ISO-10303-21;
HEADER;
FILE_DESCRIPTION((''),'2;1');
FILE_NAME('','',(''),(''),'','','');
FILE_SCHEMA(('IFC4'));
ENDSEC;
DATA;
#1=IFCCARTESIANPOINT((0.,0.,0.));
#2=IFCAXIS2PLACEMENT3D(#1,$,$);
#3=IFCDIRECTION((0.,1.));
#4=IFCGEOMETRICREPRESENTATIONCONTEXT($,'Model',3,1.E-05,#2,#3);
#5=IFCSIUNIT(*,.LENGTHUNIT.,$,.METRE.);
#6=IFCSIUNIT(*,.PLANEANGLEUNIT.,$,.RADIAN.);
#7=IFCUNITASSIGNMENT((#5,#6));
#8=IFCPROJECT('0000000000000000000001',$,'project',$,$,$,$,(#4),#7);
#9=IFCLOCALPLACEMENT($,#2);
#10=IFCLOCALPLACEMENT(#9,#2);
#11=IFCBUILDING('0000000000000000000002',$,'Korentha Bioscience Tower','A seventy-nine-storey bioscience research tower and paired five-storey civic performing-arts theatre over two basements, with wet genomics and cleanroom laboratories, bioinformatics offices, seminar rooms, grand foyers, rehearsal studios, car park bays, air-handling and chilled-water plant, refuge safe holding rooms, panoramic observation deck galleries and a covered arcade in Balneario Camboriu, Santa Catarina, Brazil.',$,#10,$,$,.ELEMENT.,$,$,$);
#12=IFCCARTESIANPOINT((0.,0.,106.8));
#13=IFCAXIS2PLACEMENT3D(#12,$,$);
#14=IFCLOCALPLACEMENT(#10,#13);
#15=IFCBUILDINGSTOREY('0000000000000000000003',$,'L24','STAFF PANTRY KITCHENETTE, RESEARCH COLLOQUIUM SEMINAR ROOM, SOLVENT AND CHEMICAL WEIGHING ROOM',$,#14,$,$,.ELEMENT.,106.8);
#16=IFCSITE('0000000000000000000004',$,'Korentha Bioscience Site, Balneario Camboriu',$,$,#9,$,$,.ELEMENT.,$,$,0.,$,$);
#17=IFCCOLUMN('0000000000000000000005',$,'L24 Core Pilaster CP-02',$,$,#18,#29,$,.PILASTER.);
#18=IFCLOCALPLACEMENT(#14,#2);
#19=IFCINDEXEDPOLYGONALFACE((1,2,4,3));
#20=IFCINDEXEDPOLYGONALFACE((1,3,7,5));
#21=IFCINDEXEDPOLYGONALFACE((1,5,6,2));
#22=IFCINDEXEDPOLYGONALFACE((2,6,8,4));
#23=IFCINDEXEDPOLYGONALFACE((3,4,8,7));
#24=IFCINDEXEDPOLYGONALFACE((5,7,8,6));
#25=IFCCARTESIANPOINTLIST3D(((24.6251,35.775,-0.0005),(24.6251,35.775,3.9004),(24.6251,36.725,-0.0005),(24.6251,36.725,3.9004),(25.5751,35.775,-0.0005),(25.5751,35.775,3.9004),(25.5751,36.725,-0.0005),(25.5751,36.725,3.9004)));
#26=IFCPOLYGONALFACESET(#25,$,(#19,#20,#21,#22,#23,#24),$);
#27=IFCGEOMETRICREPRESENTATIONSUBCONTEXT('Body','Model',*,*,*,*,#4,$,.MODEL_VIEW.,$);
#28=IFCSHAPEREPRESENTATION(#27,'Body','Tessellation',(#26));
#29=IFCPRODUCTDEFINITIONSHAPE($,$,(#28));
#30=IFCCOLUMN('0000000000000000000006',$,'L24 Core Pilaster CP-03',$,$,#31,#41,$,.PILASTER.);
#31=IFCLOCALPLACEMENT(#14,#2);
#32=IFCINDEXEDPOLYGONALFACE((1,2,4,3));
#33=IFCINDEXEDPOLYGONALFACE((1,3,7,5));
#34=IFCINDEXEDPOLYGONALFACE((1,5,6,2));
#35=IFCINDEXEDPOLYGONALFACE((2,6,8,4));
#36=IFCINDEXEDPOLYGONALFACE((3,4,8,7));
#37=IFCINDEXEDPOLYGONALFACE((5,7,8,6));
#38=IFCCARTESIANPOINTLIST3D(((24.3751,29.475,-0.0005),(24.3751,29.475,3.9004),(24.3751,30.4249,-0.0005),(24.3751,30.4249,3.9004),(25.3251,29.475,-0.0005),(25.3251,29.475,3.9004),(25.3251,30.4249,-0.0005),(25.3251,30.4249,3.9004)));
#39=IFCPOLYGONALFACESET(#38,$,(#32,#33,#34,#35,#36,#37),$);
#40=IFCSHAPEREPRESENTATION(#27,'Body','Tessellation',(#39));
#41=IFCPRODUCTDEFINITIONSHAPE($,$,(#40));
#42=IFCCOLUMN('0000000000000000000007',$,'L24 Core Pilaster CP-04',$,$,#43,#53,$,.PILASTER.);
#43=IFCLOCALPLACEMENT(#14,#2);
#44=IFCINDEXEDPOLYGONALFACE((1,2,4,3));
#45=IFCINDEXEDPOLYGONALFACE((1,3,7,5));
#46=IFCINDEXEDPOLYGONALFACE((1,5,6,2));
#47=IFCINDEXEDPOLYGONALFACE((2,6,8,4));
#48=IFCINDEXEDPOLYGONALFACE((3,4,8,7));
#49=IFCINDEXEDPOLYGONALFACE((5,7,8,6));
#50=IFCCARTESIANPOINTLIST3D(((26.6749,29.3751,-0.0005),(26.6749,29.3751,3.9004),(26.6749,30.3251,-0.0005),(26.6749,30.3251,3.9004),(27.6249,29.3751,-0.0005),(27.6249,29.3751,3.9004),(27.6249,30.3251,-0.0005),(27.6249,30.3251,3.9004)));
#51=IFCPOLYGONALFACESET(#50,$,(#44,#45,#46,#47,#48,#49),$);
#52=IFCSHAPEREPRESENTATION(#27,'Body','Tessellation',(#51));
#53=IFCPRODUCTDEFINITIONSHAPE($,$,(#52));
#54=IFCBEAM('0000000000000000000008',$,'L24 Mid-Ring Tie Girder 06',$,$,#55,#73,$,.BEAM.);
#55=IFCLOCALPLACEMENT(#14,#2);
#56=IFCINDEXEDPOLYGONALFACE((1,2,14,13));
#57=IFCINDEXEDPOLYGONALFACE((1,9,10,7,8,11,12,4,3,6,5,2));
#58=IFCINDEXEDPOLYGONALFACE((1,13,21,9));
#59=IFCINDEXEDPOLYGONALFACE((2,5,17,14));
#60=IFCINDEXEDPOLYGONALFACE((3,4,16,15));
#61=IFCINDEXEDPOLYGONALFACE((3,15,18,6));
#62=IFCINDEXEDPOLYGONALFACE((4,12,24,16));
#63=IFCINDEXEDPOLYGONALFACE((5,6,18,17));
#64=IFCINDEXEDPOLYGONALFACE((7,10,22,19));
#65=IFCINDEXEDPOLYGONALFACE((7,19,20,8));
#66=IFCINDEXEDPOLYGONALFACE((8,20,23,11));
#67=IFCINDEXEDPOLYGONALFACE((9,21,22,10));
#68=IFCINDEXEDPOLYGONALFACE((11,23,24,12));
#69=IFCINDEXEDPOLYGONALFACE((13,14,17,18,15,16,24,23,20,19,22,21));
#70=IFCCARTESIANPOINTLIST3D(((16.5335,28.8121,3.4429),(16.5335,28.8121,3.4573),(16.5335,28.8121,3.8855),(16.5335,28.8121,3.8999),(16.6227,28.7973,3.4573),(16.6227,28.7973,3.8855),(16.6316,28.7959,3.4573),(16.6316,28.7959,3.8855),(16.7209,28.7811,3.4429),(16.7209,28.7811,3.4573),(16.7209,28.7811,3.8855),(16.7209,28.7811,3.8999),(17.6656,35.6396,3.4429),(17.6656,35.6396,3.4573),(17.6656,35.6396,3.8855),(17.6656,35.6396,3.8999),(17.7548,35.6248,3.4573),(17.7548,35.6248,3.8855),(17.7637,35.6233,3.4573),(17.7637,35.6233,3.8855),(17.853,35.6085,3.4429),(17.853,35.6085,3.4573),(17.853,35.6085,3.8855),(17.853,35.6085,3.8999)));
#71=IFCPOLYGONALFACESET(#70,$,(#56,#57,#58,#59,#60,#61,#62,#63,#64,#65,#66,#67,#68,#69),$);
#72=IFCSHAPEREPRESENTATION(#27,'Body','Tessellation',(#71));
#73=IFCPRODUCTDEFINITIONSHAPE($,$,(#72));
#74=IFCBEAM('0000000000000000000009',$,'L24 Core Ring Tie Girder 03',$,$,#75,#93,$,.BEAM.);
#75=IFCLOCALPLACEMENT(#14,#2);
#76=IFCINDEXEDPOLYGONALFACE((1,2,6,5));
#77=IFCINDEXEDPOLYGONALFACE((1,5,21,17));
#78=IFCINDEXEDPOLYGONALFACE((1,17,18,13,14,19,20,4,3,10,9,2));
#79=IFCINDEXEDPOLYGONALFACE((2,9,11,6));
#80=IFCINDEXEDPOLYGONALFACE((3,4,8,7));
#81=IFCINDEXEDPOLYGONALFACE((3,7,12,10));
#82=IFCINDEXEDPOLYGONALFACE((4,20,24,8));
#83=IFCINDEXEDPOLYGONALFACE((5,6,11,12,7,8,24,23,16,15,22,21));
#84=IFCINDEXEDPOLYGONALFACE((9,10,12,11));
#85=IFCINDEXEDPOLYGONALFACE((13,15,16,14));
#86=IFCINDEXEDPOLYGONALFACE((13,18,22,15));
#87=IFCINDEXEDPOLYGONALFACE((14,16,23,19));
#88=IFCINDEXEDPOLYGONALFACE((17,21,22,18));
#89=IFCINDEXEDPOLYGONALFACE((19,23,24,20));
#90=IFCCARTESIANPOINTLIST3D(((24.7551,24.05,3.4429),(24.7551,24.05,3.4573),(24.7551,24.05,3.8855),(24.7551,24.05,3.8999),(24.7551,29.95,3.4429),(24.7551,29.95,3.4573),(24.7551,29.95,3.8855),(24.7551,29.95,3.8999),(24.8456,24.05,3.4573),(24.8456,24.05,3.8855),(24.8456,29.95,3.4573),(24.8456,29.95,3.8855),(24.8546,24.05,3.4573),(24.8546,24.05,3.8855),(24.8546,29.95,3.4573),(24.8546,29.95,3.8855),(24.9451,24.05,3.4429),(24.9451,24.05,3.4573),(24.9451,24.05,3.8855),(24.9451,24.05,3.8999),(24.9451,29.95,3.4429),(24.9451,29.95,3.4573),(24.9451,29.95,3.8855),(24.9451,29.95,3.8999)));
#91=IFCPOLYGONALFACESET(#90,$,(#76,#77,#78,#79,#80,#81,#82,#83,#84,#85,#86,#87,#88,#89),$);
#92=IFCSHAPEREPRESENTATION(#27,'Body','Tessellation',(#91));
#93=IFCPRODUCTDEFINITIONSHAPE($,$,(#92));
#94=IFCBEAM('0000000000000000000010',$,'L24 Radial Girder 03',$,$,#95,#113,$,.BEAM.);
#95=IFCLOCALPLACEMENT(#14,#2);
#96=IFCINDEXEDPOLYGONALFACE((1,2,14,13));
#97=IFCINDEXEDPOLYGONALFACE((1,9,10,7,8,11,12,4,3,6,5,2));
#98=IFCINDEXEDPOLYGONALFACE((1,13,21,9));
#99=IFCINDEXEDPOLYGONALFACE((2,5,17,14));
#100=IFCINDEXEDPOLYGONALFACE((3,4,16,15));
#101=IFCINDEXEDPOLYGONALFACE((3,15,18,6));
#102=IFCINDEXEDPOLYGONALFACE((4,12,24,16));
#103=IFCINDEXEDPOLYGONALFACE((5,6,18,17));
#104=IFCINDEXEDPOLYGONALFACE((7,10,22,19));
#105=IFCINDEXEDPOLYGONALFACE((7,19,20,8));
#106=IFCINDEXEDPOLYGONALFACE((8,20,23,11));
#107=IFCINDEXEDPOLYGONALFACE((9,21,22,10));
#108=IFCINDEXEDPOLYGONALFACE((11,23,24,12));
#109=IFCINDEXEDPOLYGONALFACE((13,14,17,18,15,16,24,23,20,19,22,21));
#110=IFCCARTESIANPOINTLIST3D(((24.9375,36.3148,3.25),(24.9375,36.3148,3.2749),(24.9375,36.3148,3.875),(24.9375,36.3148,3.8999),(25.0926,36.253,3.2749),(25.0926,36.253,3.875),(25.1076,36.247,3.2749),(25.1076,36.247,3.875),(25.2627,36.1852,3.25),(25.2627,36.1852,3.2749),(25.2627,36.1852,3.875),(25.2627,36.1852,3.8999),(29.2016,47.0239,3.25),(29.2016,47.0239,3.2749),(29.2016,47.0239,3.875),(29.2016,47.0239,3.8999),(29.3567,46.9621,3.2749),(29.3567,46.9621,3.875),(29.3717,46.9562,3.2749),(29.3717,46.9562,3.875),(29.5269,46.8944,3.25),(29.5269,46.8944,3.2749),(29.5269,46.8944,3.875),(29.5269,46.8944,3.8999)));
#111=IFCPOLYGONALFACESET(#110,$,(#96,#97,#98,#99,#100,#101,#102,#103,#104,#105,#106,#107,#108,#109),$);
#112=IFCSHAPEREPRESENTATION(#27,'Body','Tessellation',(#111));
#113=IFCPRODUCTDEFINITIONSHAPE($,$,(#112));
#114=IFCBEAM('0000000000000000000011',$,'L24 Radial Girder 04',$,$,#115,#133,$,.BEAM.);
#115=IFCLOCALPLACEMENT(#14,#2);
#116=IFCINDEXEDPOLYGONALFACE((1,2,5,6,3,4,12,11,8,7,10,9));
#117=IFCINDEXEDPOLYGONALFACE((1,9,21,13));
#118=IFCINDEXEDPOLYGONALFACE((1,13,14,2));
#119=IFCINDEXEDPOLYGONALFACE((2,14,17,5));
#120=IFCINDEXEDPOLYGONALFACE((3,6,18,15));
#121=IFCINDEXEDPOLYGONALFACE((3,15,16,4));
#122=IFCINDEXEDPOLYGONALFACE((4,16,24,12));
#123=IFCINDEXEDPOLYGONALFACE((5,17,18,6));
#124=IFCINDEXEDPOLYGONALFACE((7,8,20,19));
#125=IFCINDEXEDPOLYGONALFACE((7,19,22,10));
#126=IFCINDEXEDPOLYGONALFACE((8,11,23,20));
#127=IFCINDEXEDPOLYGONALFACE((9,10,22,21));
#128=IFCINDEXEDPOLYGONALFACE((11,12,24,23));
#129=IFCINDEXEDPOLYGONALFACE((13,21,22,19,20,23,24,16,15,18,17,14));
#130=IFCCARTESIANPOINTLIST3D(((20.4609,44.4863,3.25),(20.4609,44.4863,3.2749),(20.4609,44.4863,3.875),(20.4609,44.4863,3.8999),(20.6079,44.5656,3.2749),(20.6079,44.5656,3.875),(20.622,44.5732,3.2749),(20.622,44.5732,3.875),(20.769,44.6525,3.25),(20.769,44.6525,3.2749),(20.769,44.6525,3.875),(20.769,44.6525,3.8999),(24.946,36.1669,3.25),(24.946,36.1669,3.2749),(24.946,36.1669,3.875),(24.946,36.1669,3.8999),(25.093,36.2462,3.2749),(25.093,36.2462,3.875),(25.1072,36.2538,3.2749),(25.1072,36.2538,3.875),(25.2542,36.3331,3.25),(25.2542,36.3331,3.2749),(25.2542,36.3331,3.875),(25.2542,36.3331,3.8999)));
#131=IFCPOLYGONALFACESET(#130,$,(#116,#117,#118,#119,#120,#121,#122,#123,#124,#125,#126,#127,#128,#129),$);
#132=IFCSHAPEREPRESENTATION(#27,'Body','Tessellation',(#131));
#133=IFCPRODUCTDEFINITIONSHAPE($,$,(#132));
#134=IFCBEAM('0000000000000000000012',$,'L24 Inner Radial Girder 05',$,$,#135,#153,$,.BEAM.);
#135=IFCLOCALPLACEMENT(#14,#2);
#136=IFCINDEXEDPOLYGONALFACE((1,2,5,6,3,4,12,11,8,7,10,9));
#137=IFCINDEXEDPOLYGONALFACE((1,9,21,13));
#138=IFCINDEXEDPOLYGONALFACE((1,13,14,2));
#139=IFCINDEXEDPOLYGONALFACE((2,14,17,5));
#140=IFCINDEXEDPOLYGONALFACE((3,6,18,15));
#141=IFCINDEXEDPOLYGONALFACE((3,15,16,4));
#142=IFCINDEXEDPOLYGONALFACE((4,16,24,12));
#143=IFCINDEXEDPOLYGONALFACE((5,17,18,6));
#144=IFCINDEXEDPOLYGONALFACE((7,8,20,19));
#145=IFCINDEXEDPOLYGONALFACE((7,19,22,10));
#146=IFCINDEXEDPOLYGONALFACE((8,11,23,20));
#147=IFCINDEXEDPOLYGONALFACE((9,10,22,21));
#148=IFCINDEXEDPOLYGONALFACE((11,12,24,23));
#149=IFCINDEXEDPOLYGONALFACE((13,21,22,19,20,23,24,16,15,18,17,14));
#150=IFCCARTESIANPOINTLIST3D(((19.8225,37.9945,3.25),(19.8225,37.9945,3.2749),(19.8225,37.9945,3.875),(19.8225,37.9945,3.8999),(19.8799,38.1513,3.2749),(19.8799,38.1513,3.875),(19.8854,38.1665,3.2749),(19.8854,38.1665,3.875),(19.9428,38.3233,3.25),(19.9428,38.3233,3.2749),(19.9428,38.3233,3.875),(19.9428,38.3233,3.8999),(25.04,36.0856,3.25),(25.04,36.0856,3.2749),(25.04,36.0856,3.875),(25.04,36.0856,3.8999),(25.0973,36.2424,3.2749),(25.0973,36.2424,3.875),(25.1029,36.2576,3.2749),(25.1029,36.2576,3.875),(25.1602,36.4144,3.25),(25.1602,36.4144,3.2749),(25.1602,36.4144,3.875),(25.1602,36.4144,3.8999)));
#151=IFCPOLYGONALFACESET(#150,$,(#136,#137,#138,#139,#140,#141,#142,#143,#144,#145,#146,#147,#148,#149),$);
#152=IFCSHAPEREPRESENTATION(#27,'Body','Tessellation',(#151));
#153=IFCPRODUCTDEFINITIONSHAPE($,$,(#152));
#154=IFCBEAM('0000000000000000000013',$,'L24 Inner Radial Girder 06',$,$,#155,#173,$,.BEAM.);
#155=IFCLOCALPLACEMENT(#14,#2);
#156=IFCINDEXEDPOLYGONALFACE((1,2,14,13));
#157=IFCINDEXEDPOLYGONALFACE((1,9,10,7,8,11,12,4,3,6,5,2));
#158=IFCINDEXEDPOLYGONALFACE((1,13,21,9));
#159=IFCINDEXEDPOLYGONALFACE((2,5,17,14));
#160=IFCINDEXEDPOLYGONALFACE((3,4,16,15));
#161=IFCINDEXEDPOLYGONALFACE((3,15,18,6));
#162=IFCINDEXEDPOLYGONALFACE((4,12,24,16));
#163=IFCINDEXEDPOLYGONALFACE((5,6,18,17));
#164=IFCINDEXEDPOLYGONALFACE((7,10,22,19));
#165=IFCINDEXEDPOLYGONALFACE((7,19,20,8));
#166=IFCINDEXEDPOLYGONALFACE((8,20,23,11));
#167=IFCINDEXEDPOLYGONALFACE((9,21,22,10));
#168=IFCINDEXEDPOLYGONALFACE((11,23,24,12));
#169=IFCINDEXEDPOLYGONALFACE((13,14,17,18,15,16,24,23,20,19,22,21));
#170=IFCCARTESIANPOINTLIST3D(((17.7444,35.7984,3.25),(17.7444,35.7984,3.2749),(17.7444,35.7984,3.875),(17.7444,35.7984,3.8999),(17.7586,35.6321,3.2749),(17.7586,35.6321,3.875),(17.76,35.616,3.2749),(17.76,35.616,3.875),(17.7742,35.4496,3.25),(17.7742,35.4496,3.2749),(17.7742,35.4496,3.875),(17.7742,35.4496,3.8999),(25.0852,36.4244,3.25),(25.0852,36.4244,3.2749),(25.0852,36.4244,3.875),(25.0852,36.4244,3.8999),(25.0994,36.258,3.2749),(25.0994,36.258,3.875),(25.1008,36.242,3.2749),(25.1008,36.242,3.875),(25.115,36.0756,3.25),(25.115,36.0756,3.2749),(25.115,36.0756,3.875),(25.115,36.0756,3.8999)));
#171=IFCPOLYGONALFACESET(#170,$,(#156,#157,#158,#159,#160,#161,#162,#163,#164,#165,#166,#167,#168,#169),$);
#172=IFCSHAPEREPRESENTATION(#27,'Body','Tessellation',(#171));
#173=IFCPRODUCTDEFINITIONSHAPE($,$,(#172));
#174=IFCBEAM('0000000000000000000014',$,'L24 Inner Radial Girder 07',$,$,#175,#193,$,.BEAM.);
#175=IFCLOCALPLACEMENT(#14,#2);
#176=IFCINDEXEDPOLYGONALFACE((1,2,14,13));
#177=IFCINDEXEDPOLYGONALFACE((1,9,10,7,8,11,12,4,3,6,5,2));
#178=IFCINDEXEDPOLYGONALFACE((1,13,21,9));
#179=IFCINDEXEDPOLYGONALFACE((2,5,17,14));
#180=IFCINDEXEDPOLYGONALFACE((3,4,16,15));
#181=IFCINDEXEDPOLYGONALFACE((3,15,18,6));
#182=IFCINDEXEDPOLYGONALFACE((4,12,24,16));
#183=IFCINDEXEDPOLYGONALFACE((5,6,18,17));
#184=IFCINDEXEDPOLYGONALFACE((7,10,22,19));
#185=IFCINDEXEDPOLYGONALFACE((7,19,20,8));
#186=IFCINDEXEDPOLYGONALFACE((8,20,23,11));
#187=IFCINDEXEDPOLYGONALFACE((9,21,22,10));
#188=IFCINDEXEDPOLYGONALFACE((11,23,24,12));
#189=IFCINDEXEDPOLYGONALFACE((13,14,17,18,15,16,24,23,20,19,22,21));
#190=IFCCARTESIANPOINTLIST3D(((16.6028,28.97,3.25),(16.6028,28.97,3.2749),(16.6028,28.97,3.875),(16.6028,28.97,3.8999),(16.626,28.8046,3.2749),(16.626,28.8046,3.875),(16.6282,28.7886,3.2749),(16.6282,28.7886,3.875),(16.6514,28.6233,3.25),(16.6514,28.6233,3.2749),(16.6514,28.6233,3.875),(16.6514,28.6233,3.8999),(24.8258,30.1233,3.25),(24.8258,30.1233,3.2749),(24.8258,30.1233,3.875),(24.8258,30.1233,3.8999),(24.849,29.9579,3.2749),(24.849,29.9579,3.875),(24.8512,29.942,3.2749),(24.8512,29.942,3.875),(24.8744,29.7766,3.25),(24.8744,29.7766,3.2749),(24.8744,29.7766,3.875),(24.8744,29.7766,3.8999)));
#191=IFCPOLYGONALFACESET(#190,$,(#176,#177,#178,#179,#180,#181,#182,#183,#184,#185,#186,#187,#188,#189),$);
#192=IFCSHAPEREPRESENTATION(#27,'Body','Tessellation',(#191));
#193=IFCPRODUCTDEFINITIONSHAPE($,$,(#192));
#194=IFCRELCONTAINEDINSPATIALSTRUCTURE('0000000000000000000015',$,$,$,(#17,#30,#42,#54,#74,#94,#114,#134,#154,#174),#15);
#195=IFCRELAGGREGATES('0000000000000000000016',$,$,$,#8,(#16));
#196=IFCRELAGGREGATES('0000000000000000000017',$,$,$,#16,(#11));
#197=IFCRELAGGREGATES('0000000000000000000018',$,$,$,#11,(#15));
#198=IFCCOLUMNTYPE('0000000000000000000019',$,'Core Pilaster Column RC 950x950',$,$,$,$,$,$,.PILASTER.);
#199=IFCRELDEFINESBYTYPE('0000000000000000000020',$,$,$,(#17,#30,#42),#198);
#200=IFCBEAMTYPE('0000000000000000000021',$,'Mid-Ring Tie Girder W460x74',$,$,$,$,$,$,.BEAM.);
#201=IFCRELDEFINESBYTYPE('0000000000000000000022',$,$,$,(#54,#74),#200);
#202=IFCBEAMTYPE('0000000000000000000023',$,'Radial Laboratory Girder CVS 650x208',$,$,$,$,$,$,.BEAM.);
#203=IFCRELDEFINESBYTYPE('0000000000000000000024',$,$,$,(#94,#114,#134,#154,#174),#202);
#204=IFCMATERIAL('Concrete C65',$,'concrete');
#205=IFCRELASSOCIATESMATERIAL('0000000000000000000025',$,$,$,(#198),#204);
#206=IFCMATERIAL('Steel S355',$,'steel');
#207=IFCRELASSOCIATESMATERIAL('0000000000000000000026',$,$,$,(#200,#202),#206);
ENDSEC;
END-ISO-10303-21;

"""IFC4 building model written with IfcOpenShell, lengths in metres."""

from ifc_helpers import new_model, si_unit, direction, frame, origin, origin_2d, place, context, subcontext, project, spatial, rectangle, i_section, extrude, material, material_profile, profile_set, type_object, element, save


model = new_model("IFC4")

# Units and contexts
model_context = context("Model", 3, precision=1e-05, world=origin(), true_north=direction((0.0, 1.0)))
body_context = subcontext(model_context, "Body", "Model", "MODEL_VIEW")
ifc_project = project(units=[si_unit("LENGTHUNIT", "METRE"), si_unit("PLANEANGLEUNIT", "RADIAN")], contexts=[model_context])

# Site, building, storey
site_placement = place(None, origin())
site = spatial("IfcSite", under=ifc_project, at=site_placement, Name="Korentha Bioscience Site, Balneario Camboriu", CompositionType="ELEMENT", RefElevation=0.0)
building_placement = place(site_placement, origin())
building = spatial("IfcBuilding", under=site, at=building_placement, Name="Korentha Bioscience Tower", Description="A seventy-nine-storey bioscience research tower and paired five-storey civic performing-arts theatre over two basements, with wet genomics and cleanroom laboratories, bioinformatics offices, seminar rooms, grand foyers, rehearsal studios, car park bays, air-handling and chilled-water plant, refuge safe holding rooms, panoramic observation deck galleries and a covered arcade in Balneario Camboriu, Santa Catarina, Brazil.", CompositionType="ELEMENT")
storey_placement = place(building_placement, frame((0.0, 0.0, 106.8)))
storey = spatial("IfcBuildingStorey", under=building, at=storey_placement, Name="L24", Description="STAFF PANTRY KITCHENETTE, RESEARCH COLLOQUIUM SEMINAR ROOM, SOLVENT AND CHEMICAL WEIGHING ROOM", CompositionType="ELEMENT", Elevation=106.8)

# Columns
ifc_material_1 = material(Name="Concrete C65", Category="concrete")
ifc_material_profile_1 = material_profile(ifc_material_1, rectangle(XDim=0.95, YDim=0.95, at=origin_2d()), Name="Concrete C65")
ifc_profile_set_1 = profile_set([ifc_material_profile_1], Name="Concrete C65 (COL-CP09)")
column_type = type_object("IfcColumnType", Name="Core Pilaster Column RC 950x950", PredefinedType="PILASTER", material=ifc_profile_set_1)
for number, where, z_axis, x_axis, name in (
    (1, (25.1001, 36.25, -0.0005), (0.0, 0.0, 1.0), (1.0, 0.0, 0.0), "L24 Core Pilaster CP-02"),
    (2, (24.8501, 29.95, -0.0005), (0.0, 0.0, 1.0), (1.0, 0.0, 0.0), "L24 Core Pilaster CP-03"),
    (3, (27.1499, 29.8501, -0.0005), (0.0, 0.0, 1.0), (1.0, 0.0, 0.0), "L24 Core Pilaster CP-04"),
):
    element("IfcColumn", number, at=place(storey_placement, frame(where, z_axis=z_axis, x_axis=x_axis)), inside=storey, type_object=column_type, Name=name, PredefinedType="PILASTER", context=body_context, shape_type="SweptSolid", body=[
        extrude(rectangle(XDim=0.95, YDim=0.95, at=origin_2d()), origin(), (0.0, 0.0, 1.0), 3.9009),
    ])

# Beams
ifc_material_2 = material(Name="Steel S355", Category="steel")
ifc_material_profile_2 = material_profile(ifc_material_2, i_section(OverallWidth=0.1899, OverallDepth=0.457, WebThickness=0.009, FlangeThickness=0.0144, at=origin_2d()), Name="Steel S355")
ifc_profile_set_2 = profile_set([ifc_material_profile_2], Name="Steel S355 (MB-460)")
beam_type_1 = type_object("IfcBeamType", Name="Mid-Ring Tie Girder W460x74", PredefinedType="BEAM", material=ifc_profile_set_2)
beam_1_placement = place(storey_placement, frame((17.7593, 35.624, 3.6714), z_axis=(-0.163581, -0.98653, 0.0), x_axis=(0.98653, -0.163581, 0.0)))
element("IfcBeam", 4, at=beam_1_placement, inside=storey, type_object=beam_type_1, Name="L24 Mid-Ring Tie Girder 06", PredefinedType="BEAM", context=body_context, shape_type="SweptSolid", body=[
    extrude(i_section(OverallWidth=0.1899, OverallDepth=0.457, WebThickness=0.009, FlangeThickness=0.0144, at=origin_2d()), origin(), (0.0, 0.0, 1.0), 6.9207),
])
beam_2_placement = place(storey_placement, frame((24.8501, 29.95, 3.6714), z_axis=(0.0, -1.0, 0.0), x_axis=(1.0, 0.0, 0.0)))
element("IfcBeam", 5, at=beam_2_placement, inside=storey, type_object=beam_type_1, Name="L24 Core Ring Tie Girder 03", PredefinedType="BEAM", context=body_context, shape_type="SweptSolid", body=[
    extrude(i_section(OverallWidth=0.1899, OverallDepth=0.457, WebThickness=0.009, FlangeThickness=0.0144, at=origin_2d()), origin(), (0.0, 0.0, 1.0), 5.8999),
])
ifc_material_profile_3 = material_profile(ifc_material_2, i_section(OverallWidth=0.3501, OverallDepth=0.6499, WebThickness=0.0161, FlangeThickness=0.0249, at=origin_2d()), Name="Steel S355")
ifc_profile_set_3 = profile_set([ifc_material_profile_3], Name="Steel S355 (RB-650)")
beam_type_2 = type_object("IfcBeamType", Name="Radial Laboratory Girder CVS 650x208", PredefinedType="BEAM", material=ifc_profile_set_3)
beam_3_placement = place(storey_placement, frame((25.1001, 36.25, 3.575), z_axis=(0.36993, 0.92906, 0.0), x_axis=(-0.92906, 0.36993, 0.0)))
element("IfcBeam", 6, at=beam_3_placement, inside=storey, type_object=beam_type_2, Name="L24 Radial Girder 03", PredefinedType="BEAM", context=body_context, shape_type="SweptSolid", body=[
    extrude(i_section(OverallWidth=0.3501, OverallDepth=0.6499, WebThickness=0.0161, FlangeThickness=0.0249, at=origin_2d()), origin(), (0.0, 0.0, 1.0), 11.5269),
])
beam_4_placement = place(storey_placement, frame((25.1001, 36.25, 3.575), z_axis=(-0.474548, 0.88023, 0.0), x_axis=(-0.88023, -0.474548, 0.0)))
element("IfcBeam", 7, at=beam_4_placement, inside=storey, type_object=beam_type_2, Name="L24 Radial Girder 04", PredefinedType="BEAM", context=body_context, shape_type="SweptSolid", body=[
    extrude(i_section(OverallWidth=0.3501, OverallDepth=0.6499, WebThickness=0.0161, FlangeThickness=0.0249, at=origin_2d()), origin(), (0.0, 0.0, 1.0), 9.4514),
])
beam_5_placement = place(storey_placement, frame((25.1001, 36.25, 3.575), z_axis=(-0.939118, 0.343595, 0.0), x_axis=(-0.343595, -0.939118, 0.0)))
element("IfcBeam", 8, at=beam_5_placement, inside=storey, type_object=beam_type_2, Name="L24 Inner Radial Girder 05", PredefinedType="BEAM", context=body_context, shape_type="SweptSolid", body=[
    extrude(i_section(OverallWidth=0.3501, OverallDepth=0.6499, WebThickness=0.0161, FlangeThickness=0.0249, at=origin_2d()), origin(), (0.0, 0.0, 1.0), 5.5557),
])
beam_6_placement = place(storey_placement, frame((25.1001, 36.25, 3.575), z_axis=(-0.996384, -0.084965, 0.0), x_axis=(0.084965, -0.996384, 0.0)))
element("IfcBeam", 9, at=beam_6_placement, inside=storey, type_object=beam_type_2, Name="L24 Inner Radial Girder 06", PredefinedType="BEAM", context=body_context, shape_type="SweptSolid", body=[
    extrude(i_section(OverallWidth=0.3501, OverallDepth=0.6499, WebThickness=0.0161, FlangeThickness=0.0249, at=origin_2d()), origin(), (0.0, 0.0, 1.0), 7.3674),
])
beam_7_placement = place(storey_placement, frame((24.8501, 29.95, 3.575), z_axis=(-0.990307, -0.138898, 0.0), x_axis=(0.138898, -0.990307, 0.0)))
element("IfcBeam", 10, at=beam_7_placement, inside=storey, type_object=beam_type_2, Name="L24 Inner Radial Girder 07", PredefinedType="BEAM", context=body_context, shape_type="SweptSolid", body=[
    extrude(i_section(OverallWidth=0.3501, OverallDepth=0.6499, WebThickness=0.0161, FlangeThickness=0.0249, at=origin_2d()), origin(), (0.0, 0.0, 1.0), 8.3035),
])

save(model, "model.ifc")
